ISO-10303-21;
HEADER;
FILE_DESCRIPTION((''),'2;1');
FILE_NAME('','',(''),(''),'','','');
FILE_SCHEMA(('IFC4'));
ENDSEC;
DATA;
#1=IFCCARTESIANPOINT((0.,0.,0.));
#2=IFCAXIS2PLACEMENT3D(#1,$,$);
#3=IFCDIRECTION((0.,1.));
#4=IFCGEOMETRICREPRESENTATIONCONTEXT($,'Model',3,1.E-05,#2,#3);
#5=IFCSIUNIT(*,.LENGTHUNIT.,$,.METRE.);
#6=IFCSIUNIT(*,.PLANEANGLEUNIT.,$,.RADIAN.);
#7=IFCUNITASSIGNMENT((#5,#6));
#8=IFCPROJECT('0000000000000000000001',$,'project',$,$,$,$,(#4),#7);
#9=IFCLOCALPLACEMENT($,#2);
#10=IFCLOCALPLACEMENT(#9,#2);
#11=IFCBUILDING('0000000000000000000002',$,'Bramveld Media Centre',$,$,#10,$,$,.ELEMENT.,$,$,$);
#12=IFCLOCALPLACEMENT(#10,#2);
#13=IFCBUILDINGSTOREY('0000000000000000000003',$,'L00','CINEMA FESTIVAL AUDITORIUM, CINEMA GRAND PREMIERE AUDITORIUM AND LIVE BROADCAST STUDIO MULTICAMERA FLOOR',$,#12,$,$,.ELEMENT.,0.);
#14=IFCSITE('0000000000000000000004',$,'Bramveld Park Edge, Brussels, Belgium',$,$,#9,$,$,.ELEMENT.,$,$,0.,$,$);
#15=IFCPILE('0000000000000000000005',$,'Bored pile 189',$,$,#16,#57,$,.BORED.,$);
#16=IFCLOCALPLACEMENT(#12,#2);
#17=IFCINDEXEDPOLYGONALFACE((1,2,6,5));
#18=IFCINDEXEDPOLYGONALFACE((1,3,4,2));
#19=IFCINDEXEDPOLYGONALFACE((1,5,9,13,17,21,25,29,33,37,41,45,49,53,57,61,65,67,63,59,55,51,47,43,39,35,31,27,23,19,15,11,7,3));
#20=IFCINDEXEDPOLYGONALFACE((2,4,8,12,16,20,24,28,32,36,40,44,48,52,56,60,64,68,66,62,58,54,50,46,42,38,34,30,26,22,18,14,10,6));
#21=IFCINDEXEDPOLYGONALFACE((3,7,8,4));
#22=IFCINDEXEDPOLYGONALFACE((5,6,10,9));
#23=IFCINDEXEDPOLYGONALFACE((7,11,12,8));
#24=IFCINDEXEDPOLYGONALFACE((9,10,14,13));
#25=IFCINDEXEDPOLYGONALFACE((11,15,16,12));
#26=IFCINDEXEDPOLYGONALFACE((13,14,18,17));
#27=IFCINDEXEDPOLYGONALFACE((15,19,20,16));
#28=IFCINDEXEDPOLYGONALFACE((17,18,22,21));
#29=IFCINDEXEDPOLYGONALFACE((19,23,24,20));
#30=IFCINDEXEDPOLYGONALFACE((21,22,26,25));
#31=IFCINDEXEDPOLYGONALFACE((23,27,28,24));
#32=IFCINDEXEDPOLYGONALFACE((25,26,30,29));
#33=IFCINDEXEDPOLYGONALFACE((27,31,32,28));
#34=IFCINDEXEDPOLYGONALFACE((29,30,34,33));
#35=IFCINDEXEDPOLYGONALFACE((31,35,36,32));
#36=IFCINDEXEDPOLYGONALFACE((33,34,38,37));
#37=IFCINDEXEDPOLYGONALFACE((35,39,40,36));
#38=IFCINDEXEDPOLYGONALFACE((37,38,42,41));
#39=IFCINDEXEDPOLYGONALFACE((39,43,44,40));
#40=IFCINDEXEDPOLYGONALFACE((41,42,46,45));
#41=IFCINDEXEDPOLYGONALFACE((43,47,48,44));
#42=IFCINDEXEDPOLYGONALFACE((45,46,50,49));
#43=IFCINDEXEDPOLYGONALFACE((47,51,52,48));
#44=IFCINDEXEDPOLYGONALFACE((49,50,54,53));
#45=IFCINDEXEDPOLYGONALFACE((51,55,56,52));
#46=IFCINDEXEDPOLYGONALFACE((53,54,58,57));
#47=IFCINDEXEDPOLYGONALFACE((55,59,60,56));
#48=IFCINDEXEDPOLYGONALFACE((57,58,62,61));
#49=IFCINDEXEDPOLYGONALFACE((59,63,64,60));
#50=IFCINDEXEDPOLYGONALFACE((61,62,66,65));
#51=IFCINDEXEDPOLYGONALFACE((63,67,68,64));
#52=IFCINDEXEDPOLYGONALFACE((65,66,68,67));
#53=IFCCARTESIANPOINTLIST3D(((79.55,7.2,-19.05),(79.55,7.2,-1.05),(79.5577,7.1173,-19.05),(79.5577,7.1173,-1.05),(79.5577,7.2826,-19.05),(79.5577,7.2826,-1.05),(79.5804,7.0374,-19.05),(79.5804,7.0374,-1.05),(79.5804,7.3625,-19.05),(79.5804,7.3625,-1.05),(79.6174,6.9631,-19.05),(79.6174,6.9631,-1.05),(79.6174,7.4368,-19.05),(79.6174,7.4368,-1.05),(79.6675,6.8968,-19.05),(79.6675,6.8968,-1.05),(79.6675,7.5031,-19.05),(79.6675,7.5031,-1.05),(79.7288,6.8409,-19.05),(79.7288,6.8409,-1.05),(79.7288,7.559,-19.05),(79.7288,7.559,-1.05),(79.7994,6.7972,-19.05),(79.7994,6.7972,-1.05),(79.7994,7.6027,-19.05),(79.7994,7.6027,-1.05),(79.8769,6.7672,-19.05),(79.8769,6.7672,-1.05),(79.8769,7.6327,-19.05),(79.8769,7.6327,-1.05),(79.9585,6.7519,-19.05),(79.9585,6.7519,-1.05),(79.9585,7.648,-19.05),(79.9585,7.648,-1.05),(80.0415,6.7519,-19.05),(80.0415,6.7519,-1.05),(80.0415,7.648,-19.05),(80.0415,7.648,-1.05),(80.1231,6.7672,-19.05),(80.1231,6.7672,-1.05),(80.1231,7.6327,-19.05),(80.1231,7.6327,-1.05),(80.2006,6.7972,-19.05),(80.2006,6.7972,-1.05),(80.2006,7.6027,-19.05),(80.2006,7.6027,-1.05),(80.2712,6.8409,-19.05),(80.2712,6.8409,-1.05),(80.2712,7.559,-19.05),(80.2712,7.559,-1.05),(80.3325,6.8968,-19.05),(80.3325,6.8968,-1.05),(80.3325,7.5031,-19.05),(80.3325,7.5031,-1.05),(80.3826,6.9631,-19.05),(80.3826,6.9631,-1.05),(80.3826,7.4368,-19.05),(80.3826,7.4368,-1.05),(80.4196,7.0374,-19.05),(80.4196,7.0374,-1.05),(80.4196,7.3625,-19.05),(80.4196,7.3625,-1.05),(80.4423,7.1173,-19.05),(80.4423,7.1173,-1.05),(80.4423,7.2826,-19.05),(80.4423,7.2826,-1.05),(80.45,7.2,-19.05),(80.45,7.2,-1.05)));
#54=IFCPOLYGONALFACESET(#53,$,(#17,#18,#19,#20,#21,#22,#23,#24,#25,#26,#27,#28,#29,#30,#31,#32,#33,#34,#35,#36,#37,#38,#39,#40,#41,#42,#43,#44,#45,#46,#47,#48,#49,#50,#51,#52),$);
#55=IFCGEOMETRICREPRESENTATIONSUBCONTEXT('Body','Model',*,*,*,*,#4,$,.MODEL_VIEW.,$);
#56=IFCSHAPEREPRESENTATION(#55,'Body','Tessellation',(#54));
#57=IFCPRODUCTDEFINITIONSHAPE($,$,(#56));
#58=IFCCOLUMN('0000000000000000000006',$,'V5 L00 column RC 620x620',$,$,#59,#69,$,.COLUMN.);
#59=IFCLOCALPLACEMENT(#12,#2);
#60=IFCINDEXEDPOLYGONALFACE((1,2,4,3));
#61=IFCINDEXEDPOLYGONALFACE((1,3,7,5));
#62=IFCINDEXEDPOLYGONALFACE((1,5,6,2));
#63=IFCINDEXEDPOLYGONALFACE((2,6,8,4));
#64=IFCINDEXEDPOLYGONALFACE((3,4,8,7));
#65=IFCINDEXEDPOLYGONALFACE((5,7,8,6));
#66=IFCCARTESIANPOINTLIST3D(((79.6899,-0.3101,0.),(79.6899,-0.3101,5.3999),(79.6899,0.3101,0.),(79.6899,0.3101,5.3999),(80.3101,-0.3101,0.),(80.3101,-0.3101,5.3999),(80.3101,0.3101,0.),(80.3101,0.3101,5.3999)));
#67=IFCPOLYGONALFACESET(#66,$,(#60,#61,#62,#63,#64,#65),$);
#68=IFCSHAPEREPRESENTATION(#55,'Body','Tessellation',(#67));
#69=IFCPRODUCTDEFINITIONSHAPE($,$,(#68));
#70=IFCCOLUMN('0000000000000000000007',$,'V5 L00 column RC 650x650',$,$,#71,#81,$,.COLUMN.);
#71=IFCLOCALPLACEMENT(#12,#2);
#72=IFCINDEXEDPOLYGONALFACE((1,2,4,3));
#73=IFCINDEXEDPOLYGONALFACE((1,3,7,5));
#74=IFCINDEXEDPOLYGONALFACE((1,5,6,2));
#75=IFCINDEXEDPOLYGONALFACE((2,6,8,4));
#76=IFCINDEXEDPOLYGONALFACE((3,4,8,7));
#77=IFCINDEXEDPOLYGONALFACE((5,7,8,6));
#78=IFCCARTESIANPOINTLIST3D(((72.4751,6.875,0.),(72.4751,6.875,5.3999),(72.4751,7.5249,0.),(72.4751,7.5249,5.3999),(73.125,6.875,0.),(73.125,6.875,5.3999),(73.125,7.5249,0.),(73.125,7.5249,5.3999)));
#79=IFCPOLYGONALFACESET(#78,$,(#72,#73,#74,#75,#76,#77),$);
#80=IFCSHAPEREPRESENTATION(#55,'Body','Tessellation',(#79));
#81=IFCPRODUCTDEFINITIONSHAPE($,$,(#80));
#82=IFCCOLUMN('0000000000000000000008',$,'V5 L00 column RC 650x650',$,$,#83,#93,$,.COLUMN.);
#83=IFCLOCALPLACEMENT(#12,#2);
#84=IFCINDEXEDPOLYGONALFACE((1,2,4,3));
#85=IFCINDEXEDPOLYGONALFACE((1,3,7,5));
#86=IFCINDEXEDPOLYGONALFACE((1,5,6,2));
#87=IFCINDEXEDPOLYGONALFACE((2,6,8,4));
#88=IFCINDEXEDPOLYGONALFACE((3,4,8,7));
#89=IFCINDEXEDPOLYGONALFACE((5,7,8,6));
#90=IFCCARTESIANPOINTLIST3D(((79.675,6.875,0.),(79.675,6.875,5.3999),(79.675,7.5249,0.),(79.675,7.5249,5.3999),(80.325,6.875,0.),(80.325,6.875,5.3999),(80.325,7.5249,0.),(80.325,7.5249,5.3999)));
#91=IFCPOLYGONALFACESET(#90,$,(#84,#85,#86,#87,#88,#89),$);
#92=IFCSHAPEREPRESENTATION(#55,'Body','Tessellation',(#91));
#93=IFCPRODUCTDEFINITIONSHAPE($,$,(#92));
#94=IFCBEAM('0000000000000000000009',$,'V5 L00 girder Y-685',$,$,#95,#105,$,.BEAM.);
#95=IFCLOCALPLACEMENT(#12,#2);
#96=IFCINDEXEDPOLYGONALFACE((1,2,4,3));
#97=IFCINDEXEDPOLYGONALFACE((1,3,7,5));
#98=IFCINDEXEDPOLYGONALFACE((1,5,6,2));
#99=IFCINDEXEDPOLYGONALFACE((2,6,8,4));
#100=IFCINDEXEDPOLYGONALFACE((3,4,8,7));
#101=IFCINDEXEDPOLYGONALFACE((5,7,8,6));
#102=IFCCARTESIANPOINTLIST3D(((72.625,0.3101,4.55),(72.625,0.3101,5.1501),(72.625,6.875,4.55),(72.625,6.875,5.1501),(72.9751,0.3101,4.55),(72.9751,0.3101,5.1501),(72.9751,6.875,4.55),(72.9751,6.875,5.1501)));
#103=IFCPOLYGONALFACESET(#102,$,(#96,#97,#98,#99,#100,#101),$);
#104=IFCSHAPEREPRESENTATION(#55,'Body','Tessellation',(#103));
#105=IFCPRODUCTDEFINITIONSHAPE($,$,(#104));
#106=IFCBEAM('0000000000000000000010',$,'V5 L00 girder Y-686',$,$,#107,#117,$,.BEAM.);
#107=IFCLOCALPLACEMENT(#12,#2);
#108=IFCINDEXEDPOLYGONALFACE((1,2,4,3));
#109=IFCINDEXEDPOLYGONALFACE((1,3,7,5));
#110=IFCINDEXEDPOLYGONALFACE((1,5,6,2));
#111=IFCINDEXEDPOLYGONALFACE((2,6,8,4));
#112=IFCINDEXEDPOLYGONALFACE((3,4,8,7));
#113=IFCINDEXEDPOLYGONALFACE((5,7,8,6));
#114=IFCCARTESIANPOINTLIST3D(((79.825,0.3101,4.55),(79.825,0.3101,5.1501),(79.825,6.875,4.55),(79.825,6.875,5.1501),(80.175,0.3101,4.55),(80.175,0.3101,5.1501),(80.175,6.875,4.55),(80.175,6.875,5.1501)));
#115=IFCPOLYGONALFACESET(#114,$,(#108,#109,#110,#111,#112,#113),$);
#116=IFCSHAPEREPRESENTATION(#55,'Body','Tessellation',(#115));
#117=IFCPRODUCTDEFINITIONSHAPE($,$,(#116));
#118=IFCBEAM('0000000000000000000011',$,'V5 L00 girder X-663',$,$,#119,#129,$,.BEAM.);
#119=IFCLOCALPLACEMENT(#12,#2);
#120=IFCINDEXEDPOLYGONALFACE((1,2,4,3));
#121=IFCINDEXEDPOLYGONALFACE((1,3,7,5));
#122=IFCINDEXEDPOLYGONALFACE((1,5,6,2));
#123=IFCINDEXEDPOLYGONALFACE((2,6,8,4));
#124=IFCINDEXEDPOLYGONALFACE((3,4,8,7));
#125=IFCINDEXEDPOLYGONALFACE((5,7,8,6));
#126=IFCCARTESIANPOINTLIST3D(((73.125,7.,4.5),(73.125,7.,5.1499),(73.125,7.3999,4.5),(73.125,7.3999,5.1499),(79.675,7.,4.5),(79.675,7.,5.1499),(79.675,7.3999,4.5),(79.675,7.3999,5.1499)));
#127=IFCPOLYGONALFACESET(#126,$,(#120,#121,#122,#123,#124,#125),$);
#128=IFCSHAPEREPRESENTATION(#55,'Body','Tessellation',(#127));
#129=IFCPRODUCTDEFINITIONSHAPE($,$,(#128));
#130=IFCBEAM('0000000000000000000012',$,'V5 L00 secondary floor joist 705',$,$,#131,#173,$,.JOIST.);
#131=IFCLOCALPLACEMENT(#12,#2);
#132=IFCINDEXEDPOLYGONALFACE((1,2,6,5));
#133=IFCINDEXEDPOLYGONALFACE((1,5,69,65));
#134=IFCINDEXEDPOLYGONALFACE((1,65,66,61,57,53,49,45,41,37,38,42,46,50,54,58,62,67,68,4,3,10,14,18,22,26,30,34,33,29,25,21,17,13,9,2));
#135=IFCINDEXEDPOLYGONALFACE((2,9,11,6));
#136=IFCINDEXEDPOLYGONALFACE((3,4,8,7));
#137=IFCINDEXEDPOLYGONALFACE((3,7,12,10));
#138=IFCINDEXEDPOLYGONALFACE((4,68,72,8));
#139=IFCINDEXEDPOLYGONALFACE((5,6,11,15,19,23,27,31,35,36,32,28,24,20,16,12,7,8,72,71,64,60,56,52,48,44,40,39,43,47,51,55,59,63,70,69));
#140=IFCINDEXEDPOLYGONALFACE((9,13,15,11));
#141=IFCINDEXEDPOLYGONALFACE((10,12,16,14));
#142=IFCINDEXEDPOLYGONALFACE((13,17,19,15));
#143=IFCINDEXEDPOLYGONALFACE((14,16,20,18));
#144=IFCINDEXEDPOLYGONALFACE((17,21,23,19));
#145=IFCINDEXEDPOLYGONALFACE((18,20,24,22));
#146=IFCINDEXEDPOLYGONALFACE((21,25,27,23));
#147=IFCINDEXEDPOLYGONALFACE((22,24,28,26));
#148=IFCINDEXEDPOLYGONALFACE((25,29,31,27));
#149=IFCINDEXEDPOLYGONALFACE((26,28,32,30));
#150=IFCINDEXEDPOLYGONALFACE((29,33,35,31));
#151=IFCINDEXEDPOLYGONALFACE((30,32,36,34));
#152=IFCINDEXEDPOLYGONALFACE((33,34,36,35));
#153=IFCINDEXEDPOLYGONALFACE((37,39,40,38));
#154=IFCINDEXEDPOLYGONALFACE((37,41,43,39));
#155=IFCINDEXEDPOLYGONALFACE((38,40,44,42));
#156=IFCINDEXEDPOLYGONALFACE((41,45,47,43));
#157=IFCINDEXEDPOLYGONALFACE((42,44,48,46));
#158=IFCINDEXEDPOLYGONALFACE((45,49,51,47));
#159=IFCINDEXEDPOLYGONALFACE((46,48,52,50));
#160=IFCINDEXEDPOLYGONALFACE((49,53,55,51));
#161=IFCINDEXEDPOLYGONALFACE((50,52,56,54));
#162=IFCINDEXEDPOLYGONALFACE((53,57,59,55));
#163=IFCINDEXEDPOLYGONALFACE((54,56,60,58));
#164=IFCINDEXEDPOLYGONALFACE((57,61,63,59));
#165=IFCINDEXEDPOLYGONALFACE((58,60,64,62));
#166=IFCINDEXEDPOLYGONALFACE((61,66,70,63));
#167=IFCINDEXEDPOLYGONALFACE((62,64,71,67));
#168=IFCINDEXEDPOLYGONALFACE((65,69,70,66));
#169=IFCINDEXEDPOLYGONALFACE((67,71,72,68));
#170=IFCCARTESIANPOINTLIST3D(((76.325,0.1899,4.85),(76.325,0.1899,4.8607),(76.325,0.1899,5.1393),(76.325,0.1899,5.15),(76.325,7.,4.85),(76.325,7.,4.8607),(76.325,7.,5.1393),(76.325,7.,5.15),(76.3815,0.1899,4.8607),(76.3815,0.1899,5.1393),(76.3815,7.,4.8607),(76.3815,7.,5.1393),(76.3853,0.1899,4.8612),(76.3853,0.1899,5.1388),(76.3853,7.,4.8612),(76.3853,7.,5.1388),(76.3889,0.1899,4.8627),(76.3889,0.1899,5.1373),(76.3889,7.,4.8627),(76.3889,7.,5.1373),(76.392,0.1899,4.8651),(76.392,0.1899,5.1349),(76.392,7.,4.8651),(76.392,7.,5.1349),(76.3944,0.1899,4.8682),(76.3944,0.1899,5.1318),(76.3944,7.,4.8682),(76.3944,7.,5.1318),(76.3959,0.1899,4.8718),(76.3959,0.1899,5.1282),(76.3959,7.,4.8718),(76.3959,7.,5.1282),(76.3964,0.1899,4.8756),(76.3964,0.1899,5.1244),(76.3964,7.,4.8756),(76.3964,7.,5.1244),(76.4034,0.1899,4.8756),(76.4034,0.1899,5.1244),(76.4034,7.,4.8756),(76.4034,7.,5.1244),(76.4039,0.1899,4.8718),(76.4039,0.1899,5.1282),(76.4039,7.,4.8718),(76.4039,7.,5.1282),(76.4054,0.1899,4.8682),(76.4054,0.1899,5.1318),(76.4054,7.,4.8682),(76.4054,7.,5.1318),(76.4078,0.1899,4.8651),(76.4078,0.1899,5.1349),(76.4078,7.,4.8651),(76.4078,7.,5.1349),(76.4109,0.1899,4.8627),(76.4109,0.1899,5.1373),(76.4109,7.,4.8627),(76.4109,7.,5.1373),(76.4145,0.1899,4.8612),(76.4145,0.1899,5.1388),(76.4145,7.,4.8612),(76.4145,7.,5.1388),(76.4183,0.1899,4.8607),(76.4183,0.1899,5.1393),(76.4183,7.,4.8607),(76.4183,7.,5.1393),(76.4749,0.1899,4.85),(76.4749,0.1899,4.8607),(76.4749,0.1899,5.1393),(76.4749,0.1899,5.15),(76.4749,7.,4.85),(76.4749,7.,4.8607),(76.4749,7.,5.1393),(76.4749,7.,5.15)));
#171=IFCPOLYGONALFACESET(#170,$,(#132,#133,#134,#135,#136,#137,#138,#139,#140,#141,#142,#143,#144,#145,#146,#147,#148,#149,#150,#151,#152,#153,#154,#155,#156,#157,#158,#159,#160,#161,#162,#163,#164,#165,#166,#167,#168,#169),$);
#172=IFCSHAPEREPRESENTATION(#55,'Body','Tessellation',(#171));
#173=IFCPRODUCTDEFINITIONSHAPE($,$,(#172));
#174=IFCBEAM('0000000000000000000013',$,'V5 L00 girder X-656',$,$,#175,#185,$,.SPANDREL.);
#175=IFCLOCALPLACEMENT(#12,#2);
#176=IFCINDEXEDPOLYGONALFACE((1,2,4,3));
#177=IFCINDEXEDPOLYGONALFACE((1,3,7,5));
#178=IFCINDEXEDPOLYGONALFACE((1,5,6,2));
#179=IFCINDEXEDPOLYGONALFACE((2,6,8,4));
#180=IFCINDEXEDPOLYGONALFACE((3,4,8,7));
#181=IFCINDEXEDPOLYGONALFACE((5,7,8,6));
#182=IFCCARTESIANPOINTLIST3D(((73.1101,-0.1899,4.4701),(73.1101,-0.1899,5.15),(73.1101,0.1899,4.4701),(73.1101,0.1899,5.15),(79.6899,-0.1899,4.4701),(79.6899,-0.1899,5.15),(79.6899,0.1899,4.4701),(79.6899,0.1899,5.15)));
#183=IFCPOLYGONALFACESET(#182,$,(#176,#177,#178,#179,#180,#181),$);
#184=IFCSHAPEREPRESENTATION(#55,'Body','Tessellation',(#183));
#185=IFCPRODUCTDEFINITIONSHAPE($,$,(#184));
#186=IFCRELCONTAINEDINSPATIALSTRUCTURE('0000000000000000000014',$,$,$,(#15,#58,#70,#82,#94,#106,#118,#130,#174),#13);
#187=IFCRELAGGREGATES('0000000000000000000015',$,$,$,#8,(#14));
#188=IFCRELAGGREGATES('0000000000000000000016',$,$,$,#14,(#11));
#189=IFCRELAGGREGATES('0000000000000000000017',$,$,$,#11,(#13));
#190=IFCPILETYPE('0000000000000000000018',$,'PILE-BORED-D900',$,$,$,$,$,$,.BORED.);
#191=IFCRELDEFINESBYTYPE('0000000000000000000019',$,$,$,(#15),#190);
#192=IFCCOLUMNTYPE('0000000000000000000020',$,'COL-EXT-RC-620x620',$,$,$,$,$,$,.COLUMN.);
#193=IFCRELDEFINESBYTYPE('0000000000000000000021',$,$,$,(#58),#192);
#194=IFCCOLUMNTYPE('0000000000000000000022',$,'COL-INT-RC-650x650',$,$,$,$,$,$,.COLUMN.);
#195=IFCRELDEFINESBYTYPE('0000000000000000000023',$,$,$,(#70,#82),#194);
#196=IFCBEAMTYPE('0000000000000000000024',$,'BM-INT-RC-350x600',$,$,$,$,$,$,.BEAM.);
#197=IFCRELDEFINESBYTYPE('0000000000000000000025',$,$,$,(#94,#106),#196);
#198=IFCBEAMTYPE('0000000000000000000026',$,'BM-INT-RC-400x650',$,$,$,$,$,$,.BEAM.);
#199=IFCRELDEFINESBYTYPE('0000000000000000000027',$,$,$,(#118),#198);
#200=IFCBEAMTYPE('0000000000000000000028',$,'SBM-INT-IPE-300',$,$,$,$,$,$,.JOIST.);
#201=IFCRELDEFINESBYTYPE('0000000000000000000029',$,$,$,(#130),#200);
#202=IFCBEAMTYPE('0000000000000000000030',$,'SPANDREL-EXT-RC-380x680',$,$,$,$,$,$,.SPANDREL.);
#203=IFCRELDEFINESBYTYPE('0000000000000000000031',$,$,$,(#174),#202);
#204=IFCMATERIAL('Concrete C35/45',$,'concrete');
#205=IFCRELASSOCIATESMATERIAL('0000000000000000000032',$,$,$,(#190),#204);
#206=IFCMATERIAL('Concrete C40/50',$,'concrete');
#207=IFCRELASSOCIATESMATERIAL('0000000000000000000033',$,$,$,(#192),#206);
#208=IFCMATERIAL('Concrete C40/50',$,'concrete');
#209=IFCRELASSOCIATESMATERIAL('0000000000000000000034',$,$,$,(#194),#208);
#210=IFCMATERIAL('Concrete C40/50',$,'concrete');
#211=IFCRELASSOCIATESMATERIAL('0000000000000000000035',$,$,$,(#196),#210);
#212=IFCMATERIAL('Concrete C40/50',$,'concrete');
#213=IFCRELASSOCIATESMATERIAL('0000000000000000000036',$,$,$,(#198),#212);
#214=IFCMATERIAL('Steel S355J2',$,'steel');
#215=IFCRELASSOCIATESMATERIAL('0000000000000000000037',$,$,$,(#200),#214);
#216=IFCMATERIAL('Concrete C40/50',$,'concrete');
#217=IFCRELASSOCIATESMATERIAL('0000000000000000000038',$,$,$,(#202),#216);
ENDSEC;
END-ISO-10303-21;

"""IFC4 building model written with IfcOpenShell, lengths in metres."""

from ifc_helpers import new_model, si_unit, direction, frame, origin, origin_2d, place, context, subcontext, project, spatial, rectangle, circle, i_section, extrude, material, material_profile, profile_set, type_object, element, save


model = new_model("IFC4")

# Units and contexts
model_context = context("Model", 3, precision=1e-05, world=origin(), true_north=direction((0.0, 1.0)))
body_context = subcontext(model_context, "Body", "Model", "MODEL_VIEW")
ifc_project = project(units=[si_unit("LENGTHUNIT", "METRE"), si_unit("PLANEANGLEUNIT", "RADIAN")], contexts=[model_context])

# Site, building, storey
site_placement = place(None, origin())
site = spatial("IfcSite", under=ifc_project, at=site_placement, Name="Bramveld Park Edge, Brussels, Belgium", CompositionType="ELEMENT", RefElevation=0.0)
building_placement = place(site_placement, origin())
building = spatial("IfcBuilding", under=site, at=building_placement, Name="Bramveld Media Centre", CompositionType="ELEMENT")
storey_placement = place(building_placement, origin())
storey = spatial("IfcBuildingStorey", under=building, at=storey_placement, Name="L00", Description="CINEMA FESTIVAL AUDITORIUM, CINEMA GRAND PREMIERE AUDITORIUM AND LIVE BROADCAST STUDIO MULTICAMERA FLOOR", CompositionType="ELEMENT", Elevation=0.0)

# Pile
ifc_material_1 = material(Name="Concrete C35/45", Category="concrete")
ifc_material_profile_1 = material_profile(ifc_material_1, circle(Radius=0.45, at=origin_2d()), Name="BORED D900")
ifc_profile_set_1 = profile_set([ifc_material_profile_1], Name="Concrete C35/45")
pile_type_1 = type_object("IfcPileType", Name="PILE-BORED-D900", PredefinedType="BORED", material=ifc_profile_set_1)
for number, where, z_axis, x_axis, name in (
    (1, (80.0, 7.2, -1.05), (0.0, 0.0, -1.0), (1.0, 0.0, 0.0), "Bored pile 189"),
):
    element("IfcPile", number, at=place(storey_placement, frame(where, z_axis=z_axis, x_axis=x_axis)), inside=storey, type_object=pile_type_1, Name=name, PredefinedType="BORED", context=body_context, shape_type="SweptSolid", body=[
        extrude(circle(Radius=0.45, at=origin_2d()), origin(), (0.0, 0.0, 1.0), 18.0),
    ])

# Columns
ifc_material_2 = material(Name="Concrete C40/50", Category="concrete")
ifc_material_profile_2 = material_profile(ifc_material_2, rectangle(XDim=0.6201, YDim=0.6201, at=origin_2d()), Name="RC 620x620")
ifc_profile_set_2 = profile_set([ifc_material_profile_2], Name="Concrete C40/50")
column_type_1 = type_object("IfcColumnType", Name="COL-EXT-RC-620x620", PredefinedType="COLUMN", material=ifc_profile_set_2)
column_placement = place(storey_placement, frame((80.0, 0.0, 0.0), z_axis=(0.0, 0.0, 1.0), x_axis=(1.0, 0.0, 0.0)))
element("IfcColumn", 2, at=column_placement, inside=storey, type_object=column_type_1, Name="V5 L00 column RC 620x620", PredefinedType="COLUMN", context=body_context, shape_type="SweptSolid", body=[
    extrude(rectangle(XDim=0.6201, YDim=0.6201, at=origin_2d()), origin(), (0.0, 0.0, 1.0), 5.3999),
])
ifc_material_3 = material(Name="Concrete C40/50", Category="concrete")
ifc_material_profile_3 = material_profile(ifc_material_3, rectangle(XDim=0.6499, YDim=0.6499, at=origin_2d()), Name="RC 650x650")
ifc_profile_set_3 = profile_set([ifc_material_profile_3], Name="Concrete C40/50")
column_type_2 = type_object("IfcColumnType", Name="COL-INT-RC-650x650", PredefinedType="COLUMN", material=ifc_profile_set_3)
for number, where, z_axis, x_axis, name in (
    (3, (72.8, 7.2, 0.0), (0.0, 0.0, 1.0), (1.0, 0.0, 0.0), "V5 L00 column RC 650x650"),
    (4, (80.0, 7.2, 0.0), (0.0, 0.0, 1.0), (1.0, 0.0, 0.0), "V5 L00 column RC 650x650"),
):
    element("IfcColumn", number, at=place(storey_placement, frame(where, z_axis=z_axis, x_axis=x_axis)), inside=storey, type_object=column_type_2, Name=name, PredefinedType="COLUMN", context=body_context, shape_type="SweptSolid", body=[
        extrude(rectangle(XDim=0.6499, YDim=0.6499, at=origin_2d()), origin(), (0.0, 0.0, 1.0), 5.3999),
    ])

# Beams
ifc_material_4 = material(Name="Concrete C40/50", Category="concrete")
ifc_material_profile_4 = material_profile(ifc_material_4, rectangle(XDim=0.3501, YDim=0.6001, at=origin_2d()), Name="RC 350x600")
ifc_profile_set_4 = profile_set([ifc_material_profile_4], Name="Concrete C40/50")
beam_type_1 = type_object("IfcBeamType", Name="BM-INT-RC-350x600", PredefinedType="BEAM", material=ifc_profile_set_4)
for number, where, z_axis, x_axis, name in (
    (5, (72.8, 0.3101, 4.8501), (0.0, 1.0, 0.0), (-1.0, 0.0, 0.0), "V5 L00 girder Y-685"),
    (6, (80.0, 0.3101, 4.8501), (0.0, 1.0, 0.0), (-1.0, 0.0, 0.0), "V5 L00 girder Y-686"),
):
    element("IfcBeam", number, at=place(storey_placement, frame(where, z_axis=z_axis, x_axis=x_axis)), inside=storey, type_object=beam_type_1, Name=name, PredefinedType="BEAM", context=body_context, shape_type="SweptSolid", body=[
        extrude(rectangle(XDim=0.3501, YDim=0.6001, at=origin_2d()), origin(), (0.0, 0.0, 1.0), 6.5649),
    ])
ifc_material_5 = material(Name="Concrete C40/50", Category="concrete")
ifc_material_profile_5 = material_profile(ifc_material_5, rectangle(XDim=0.3999, YDim=0.6499, at=origin_2d()), Name="RC 400x650")
ifc_profile_set_5 = profile_set([ifc_material_profile_5], Name="Concrete C40/50")
beam_type_2 = type_object("IfcBeamType", Name="BM-INT-RC-400x650", PredefinedType="BEAM", material=ifc_profile_set_5)
beam_1_placement = place(storey_placement, frame((73.125, 7.2, 4.825), z_axis=(1.0, 0.0, 0.0), x_axis=(0.0, 1.0, 0.0)))
element("IfcBeam", 7, at=beam_1_placement, inside=storey, type_object=beam_type_2, Name="V5 L00 girder X-663", PredefinedType="BEAM", context=body_context, shape_type="SweptSolid", body=[
    extrude(rectangle(XDim=0.3999, YDim=0.6499, at=origin_2d()), origin(), (0.0, 0.0, 1.0), 6.55),
])
ifc_material_6 = material(Name="Steel S355J2", Category="steel")
ifc_material_profile_6 = material_profile(ifc_material_6, i_section(OverallWidth=0.1499, OverallDepth=0.3, WebThickness=0.0071, FlangeThickness=0.0107, FilletRadius=0.0149, at=origin_2d()), Name="IPE 300")
ifc_profile_set_6 = profile_set([ifc_material_profile_6], Name="Steel S355J2")
beam_type_3 = type_object("IfcBeamType", Name="SBM-INT-IPE-300", PredefinedType="JOIST", material=ifc_profile_set_6)
beam_2_placement = place(storey_placement, frame((76.3999, 0.1899, 5.0), z_axis=(0.0, 1.0, 0.0), x_axis=(-1.0, 0.0, 0.0)))
element("IfcBeam", 8, at=beam_2_placement, inside=storey, type_object=beam_type_3, Name="V5 L00 secondary floor joist 705", PredefinedType="JOIST", context=body_context, shape_type="SweptSolid", body=[
    extrude(i_section(OverallWidth=0.1499, OverallDepth=0.3, WebThickness=0.0071, FlangeThickness=0.0107, FilletRadius=0.0149, at=origin_2d()), origin(), (0.0, 0.0, 1.0), 6.8101),
])
ifc_material_7 = material(Name="Concrete C40/50", Category="concrete")
ifc_material_profile_7 = material_profile(ifc_material_7, rectangle(XDim=0.3799, YDim=0.6799, at=origin_2d()), Name="RC 380x680")
ifc_profile_set_7 = profile_set([ifc_material_profile_7], Name="Concrete C40/50")
beam_type_4 = type_object("IfcBeamType", Name="SPANDREL-EXT-RC-380x680", PredefinedType="SPANDREL", material=ifc_profile_set_7)
beam_3_placement = place(storey_placement, frame((73.1101, 0.0, 4.8101), z_axis=(1.0, 0.0, 0.0), x_axis=(0.0, 1.0, 0.0)))
element("IfcBeam", 9, at=beam_3_placement, inside=storey, type_object=beam_type_4, Name="V5 L00 girder X-656", PredefinedType="SPANDREL", context=body_context, shape_type="SweptSolid", body=[
    extrude(rectangle(XDim=0.3799, YDim=0.6799, at=origin_2d()), origin(), (0.0, 0.0, 1.0), 6.5798),
])

save(model, "model.ifc")
